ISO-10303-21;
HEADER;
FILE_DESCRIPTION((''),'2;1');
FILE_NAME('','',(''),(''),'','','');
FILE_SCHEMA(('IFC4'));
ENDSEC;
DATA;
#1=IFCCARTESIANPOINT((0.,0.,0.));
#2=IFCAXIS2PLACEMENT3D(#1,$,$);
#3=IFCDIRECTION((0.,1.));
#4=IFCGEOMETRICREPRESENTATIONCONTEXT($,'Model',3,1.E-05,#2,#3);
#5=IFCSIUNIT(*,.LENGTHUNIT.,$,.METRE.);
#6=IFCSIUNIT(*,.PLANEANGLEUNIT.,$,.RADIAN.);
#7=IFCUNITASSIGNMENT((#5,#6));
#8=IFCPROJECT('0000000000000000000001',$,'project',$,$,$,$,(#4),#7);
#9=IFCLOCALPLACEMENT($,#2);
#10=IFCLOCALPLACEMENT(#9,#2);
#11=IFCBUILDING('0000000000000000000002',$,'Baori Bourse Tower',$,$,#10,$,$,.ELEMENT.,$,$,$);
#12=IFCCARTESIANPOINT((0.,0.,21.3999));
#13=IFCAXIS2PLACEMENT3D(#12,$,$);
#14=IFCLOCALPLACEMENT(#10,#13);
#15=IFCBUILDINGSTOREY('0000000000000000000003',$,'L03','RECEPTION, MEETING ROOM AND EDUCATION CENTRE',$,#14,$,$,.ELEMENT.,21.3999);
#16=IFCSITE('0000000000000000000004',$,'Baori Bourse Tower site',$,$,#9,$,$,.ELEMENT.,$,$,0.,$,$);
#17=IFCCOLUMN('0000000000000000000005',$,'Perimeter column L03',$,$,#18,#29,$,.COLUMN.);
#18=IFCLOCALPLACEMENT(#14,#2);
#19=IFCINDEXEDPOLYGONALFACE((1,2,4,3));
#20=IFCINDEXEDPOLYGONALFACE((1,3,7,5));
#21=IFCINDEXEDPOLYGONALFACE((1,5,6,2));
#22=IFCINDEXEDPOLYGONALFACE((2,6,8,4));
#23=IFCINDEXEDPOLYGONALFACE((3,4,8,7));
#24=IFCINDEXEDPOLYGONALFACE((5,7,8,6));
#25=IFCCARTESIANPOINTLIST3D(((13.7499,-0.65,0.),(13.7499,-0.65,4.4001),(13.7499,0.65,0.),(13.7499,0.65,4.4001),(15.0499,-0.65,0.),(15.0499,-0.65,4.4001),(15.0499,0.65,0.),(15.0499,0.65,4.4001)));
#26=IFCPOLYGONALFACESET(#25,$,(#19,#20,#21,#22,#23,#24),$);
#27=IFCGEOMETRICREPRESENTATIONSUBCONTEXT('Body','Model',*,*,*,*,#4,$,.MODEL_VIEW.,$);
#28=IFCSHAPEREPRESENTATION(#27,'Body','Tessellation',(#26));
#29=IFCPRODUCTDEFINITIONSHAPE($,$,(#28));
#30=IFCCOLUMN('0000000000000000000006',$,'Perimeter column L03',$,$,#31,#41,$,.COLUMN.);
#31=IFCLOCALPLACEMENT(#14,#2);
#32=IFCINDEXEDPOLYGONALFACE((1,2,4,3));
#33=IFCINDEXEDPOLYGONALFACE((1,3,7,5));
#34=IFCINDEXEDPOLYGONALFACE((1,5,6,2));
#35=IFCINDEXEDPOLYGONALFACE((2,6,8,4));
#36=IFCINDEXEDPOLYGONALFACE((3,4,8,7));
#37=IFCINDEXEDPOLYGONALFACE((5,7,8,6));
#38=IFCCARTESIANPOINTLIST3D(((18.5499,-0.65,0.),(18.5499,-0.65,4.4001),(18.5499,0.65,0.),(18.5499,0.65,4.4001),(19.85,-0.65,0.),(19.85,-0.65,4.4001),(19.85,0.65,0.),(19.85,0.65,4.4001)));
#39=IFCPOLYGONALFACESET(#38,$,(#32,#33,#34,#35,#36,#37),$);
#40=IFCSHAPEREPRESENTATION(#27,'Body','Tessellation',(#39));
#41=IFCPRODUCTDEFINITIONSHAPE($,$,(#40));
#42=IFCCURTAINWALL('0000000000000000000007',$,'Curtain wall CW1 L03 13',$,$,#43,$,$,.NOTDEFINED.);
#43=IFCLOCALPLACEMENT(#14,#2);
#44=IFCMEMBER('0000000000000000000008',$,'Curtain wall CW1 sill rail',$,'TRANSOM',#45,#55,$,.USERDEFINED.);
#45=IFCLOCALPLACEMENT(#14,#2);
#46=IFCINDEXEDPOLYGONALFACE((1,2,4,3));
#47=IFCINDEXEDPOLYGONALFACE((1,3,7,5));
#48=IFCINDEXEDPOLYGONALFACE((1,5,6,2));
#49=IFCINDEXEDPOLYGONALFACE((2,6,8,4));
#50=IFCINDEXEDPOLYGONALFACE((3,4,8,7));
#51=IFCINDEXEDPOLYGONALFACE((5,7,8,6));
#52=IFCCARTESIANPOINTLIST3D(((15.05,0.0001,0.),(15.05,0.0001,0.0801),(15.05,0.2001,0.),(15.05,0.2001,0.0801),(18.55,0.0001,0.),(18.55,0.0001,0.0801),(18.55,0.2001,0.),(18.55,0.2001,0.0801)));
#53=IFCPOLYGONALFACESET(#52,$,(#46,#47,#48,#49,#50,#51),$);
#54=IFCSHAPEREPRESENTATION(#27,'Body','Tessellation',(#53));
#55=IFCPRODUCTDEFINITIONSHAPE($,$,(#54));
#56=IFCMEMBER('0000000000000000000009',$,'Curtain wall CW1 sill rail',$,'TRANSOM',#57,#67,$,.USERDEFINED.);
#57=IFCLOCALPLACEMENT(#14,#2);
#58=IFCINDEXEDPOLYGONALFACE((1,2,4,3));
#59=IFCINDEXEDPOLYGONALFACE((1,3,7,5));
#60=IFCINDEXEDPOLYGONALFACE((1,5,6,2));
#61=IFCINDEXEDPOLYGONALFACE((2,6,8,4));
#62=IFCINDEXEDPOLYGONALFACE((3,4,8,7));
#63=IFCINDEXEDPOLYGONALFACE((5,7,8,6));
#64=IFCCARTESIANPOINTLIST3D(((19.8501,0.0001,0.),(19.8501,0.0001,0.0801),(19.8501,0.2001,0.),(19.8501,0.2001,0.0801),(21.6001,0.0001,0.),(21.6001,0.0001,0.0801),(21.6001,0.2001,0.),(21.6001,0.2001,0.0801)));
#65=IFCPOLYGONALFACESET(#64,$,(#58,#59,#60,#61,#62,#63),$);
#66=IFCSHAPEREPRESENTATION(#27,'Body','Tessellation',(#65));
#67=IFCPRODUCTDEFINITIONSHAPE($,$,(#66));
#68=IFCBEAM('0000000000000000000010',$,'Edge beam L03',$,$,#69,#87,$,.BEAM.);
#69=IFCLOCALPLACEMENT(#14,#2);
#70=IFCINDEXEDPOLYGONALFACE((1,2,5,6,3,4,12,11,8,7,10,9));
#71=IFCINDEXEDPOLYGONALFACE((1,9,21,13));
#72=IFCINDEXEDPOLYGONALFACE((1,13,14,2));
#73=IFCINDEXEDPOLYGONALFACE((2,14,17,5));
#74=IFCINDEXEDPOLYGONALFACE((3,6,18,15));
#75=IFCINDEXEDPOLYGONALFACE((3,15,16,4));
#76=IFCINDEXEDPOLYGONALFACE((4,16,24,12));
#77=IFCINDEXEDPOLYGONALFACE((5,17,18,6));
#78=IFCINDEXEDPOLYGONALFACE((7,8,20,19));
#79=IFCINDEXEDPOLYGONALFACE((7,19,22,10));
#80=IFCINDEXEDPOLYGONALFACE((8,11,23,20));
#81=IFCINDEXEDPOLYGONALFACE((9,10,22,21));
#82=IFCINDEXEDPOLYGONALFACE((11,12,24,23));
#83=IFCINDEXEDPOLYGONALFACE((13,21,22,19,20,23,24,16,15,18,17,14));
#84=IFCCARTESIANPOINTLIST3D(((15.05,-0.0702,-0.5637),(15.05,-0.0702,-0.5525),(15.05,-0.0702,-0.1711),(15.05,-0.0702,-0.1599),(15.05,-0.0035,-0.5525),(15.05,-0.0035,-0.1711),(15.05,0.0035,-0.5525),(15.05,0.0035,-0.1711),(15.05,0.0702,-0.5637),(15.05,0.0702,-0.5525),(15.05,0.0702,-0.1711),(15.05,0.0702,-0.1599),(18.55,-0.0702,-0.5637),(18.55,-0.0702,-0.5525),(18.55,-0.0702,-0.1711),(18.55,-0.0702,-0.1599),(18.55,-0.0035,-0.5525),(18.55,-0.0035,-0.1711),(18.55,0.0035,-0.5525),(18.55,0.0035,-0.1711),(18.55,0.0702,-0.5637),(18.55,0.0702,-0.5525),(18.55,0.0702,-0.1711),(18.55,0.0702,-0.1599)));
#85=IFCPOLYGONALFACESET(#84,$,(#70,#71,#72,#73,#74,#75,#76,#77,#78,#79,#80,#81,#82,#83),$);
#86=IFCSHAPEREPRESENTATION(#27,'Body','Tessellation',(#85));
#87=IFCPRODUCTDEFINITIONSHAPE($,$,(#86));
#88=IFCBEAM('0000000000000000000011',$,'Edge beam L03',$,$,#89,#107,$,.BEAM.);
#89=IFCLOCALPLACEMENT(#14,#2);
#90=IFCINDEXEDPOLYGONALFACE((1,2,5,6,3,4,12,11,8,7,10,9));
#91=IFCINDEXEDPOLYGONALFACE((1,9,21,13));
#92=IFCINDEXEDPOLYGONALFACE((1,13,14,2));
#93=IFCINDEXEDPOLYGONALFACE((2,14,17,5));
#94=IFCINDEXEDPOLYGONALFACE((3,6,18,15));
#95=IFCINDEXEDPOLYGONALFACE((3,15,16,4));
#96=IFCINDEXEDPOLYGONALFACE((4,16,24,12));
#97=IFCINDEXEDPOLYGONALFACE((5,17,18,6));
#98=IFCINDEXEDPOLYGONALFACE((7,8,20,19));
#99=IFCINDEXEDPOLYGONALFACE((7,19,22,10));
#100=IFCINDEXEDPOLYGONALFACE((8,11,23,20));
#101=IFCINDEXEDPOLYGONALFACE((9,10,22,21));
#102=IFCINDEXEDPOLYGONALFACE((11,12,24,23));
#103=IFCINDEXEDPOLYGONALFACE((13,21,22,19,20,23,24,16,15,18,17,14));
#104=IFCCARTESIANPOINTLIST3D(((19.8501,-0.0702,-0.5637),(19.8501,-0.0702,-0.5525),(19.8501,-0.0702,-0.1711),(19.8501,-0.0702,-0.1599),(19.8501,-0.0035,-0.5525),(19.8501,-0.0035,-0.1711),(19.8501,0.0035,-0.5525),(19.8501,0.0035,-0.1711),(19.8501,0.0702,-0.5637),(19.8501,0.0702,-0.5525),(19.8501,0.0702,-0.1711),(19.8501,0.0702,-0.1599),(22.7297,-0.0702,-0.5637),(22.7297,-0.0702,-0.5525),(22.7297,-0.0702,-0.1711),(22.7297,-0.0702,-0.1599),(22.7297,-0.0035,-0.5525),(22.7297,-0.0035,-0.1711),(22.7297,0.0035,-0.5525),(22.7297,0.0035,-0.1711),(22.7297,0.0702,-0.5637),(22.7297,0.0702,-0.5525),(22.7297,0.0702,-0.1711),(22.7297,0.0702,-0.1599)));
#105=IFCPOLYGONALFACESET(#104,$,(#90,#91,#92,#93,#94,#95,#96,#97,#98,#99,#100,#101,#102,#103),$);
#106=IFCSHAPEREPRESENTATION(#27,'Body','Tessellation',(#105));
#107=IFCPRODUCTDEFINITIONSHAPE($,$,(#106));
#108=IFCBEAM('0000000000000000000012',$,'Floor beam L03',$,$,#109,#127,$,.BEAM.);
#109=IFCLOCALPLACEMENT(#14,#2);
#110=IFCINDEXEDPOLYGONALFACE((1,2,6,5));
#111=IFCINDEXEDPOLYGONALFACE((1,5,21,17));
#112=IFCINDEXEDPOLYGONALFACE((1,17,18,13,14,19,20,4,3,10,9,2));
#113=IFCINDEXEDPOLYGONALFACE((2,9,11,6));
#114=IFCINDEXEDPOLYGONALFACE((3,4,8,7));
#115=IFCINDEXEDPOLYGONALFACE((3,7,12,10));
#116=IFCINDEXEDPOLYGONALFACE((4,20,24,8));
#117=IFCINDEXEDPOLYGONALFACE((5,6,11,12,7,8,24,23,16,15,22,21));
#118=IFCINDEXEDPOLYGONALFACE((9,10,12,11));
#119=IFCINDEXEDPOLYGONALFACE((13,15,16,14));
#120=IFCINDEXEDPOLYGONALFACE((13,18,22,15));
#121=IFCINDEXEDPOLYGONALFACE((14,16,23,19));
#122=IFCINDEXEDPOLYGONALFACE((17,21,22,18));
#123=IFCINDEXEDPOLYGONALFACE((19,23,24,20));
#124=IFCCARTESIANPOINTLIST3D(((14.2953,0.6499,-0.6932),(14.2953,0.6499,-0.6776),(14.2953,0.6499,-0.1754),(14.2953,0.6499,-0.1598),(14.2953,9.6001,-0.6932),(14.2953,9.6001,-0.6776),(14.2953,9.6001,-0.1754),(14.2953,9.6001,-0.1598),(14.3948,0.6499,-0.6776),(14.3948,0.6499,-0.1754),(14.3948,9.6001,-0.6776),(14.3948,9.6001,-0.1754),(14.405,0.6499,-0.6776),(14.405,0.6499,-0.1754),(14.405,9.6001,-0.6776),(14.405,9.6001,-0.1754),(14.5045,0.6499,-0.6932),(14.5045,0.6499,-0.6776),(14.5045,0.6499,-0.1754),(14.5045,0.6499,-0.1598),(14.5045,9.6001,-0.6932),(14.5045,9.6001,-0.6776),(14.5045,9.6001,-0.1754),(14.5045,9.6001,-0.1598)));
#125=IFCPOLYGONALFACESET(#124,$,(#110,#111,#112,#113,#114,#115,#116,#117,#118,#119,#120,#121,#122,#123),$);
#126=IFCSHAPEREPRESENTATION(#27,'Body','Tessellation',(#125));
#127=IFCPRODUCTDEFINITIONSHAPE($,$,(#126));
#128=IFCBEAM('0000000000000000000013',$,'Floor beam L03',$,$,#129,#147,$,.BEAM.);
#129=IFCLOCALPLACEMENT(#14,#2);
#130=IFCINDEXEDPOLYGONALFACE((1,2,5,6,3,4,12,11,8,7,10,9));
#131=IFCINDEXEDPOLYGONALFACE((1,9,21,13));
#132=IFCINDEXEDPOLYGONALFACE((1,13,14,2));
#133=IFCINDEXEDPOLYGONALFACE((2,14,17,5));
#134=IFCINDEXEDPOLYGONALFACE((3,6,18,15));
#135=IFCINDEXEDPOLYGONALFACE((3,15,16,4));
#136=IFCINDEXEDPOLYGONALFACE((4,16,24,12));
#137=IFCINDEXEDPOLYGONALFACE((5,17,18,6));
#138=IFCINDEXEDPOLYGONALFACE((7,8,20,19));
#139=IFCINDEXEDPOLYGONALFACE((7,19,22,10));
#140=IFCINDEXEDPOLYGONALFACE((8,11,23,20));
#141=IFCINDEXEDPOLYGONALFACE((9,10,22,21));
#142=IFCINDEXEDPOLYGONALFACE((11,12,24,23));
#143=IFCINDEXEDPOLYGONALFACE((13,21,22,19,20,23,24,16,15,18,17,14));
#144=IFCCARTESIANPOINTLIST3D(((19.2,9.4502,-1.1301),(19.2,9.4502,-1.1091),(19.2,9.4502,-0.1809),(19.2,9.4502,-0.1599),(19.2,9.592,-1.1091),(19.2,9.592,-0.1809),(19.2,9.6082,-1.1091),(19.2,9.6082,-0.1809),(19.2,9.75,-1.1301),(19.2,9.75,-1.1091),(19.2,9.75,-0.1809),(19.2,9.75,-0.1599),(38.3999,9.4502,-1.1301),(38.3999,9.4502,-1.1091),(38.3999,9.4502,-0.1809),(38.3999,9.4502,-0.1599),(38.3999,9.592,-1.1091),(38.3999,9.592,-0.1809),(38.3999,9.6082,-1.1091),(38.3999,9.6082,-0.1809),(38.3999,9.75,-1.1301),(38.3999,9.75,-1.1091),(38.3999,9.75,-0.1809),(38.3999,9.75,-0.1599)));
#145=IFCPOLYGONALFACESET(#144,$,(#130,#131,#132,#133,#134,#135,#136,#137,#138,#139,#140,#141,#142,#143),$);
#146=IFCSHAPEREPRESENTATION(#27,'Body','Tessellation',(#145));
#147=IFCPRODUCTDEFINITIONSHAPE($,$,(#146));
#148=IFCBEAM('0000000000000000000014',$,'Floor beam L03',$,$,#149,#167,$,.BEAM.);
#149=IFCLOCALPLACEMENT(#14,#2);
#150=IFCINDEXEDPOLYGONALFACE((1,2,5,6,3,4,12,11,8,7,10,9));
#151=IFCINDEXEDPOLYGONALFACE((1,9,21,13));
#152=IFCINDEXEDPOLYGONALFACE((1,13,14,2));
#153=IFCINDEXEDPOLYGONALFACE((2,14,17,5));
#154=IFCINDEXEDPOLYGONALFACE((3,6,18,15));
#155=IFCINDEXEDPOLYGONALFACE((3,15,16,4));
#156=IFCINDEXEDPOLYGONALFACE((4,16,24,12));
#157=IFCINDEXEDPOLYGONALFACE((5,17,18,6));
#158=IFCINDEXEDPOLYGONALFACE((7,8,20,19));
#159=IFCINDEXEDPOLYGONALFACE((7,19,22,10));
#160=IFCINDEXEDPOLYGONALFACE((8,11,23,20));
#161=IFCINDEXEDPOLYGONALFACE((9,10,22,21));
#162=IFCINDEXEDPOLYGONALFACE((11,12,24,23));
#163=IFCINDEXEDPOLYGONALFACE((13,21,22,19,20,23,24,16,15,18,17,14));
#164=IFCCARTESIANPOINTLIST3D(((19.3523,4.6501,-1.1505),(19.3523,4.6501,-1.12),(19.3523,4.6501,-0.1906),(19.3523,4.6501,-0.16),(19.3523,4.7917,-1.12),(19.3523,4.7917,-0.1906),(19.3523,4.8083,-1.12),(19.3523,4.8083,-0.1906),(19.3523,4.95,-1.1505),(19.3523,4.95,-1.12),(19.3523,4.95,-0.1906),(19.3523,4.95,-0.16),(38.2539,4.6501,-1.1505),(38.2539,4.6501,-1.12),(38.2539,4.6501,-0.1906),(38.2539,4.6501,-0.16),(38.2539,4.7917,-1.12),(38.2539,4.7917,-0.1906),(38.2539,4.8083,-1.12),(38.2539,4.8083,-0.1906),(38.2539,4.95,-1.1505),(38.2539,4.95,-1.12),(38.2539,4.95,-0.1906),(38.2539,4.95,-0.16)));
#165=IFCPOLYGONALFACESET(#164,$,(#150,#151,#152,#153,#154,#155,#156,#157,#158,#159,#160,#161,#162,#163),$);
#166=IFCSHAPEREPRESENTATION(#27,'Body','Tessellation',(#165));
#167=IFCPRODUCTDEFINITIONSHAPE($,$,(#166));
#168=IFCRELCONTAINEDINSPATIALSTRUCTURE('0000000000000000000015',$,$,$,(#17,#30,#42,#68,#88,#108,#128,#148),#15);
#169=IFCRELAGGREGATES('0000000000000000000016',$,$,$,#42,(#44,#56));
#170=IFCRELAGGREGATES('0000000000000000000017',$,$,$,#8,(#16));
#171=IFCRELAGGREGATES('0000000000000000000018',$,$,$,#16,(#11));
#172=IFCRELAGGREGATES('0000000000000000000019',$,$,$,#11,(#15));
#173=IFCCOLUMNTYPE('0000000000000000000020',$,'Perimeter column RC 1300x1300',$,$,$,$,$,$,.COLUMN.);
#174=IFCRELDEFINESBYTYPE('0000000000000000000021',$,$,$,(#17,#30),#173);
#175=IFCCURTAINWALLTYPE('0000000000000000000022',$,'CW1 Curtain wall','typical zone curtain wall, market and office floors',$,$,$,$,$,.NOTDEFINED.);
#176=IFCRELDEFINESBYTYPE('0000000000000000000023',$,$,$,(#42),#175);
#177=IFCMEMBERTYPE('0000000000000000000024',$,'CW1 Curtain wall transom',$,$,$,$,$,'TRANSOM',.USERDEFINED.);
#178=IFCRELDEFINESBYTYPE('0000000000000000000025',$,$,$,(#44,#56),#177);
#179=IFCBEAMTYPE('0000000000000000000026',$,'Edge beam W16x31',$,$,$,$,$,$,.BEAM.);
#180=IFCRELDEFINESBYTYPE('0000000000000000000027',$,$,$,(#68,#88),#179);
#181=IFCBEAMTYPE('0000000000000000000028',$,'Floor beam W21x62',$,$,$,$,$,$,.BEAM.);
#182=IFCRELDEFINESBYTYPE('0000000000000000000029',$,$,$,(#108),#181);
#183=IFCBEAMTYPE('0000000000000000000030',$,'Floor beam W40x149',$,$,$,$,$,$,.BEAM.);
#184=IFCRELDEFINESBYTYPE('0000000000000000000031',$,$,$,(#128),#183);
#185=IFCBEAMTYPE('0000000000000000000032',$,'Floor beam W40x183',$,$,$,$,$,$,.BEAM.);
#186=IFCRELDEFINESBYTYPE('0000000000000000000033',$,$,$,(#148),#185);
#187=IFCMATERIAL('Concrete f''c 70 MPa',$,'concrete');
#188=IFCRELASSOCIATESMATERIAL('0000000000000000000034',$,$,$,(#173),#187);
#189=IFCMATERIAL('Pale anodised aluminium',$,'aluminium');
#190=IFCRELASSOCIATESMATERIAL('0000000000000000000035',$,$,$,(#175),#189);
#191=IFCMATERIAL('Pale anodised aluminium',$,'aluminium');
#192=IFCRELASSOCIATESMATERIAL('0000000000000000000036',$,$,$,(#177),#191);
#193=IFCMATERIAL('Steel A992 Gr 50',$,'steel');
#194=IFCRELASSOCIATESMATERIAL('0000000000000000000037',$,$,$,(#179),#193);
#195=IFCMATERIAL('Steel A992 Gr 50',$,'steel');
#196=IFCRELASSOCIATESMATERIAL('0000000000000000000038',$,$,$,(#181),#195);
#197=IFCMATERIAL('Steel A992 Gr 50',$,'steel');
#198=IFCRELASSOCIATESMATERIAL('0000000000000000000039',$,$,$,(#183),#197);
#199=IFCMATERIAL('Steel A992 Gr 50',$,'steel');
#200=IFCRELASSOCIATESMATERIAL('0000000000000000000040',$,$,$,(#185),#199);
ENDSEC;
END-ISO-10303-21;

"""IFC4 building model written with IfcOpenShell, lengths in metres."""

from ifc_helpers import new_model, si_unit, direction, frame, origin, origin_2d, place, context, subcontext, project, spatial, rectangle, i_section, extrude, material, material_profile, profile_set, type_object, element, aggregate, save


model = new_model("IFC4")

# Units and contexts
model_context = context("Model", 3, precision=1e-05, world=origin(), true_north=direction((0.0, 1.0)))
body_context = subcontext(model_context, "Body", "Model", "MODEL_VIEW")
ifc_project = project(units=[si_unit("LENGTHUNIT", "METRE"), si_unit("PLANEANGLEUNIT", "RADIAN")], contexts=[model_context])

# Site, building, storey
site_placement = place(None, origin())
site = spatial("IfcSite", under=ifc_project, at=site_placement, Name="Baori Bourse Tower site", CompositionType="ELEMENT", RefElevation=0.0)
building_placement = place(site_placement, origin())
building = spatial("IfcBuilding", under=site, at=building_placement, Name="Baori Bourse Tower", CompositionType="ELEMENT")
storey_placement = place(building_placement, frame((0.0, 0.0, 21.3999)))
storey = spatial("IfcBuildingStorey", under=building, at=storey_placement, Name="L03", Description="RECEPTION, MEETING ROOM AND EDUCATION CENTRE", CompositionType="ELEMENT", Elevation=21.3999)

# Columns
ifc_material_1 = material(Name="Concrete f'c 70 MPa", Category="concrete")
ifc_material_profile_1 = material_profile(ifc_material_1, rectangle(XDim=1.3, YDim=1.3, at=origin_2d()), Name="RC 1300x1300")
ifc_profile_set_1 = profile_set([ifc_material_profile_1], Name="Concrete f'c 70 MPa")
column_type = type_object("IfcColumnType", Name="Perimeter column RC 1300x1300", PredefinedType="COLUMN", material=ifc_profile_set_1)
for number, where, z_axis, x_axis, name in (
    (1, (14.3999, 0.0, 0.0), (0.0, 0.0, 1.0), (1.0, 0.0, 0.0), "Perimeter column L03"),
    (2, (19.2, 0.0, 0.0), (0.0, 0.0, 1.0), (1.0, 0.0, 0.0), "Perimeter column L03"),
):
    element("IfcColumn", number, at=place(storey_placement, frame(where, z_axis=z_axis, x_axis=x_axis)), inside=storey, type_object=column_type, Name=name, PredefinedType="COLUMN", context=body_context, shape_type="SweptSolid", body=[
        extrude(rectangle(XDim=1.3, YDim=1.3, at=origin_2d()), origin(), (0.0, 0.0, 1.0), 4.4001),
    ])

# Curtain wall, members
ifc_material_2 = material(Name="Pale anodised aluminium", Category="aluminium")
curtain_wall_type = type_object("IfcCurtainWallType", Name="CW1 Curtain wall", Description="typical zone curtain wall, market and office floors", PredefinedType="NOTDEFINED", material=ifc_material_2)
curtain_wall_placement = place(storey_placement, origin())
curtain_wall = element("IfcCurtainWall", 3, at=curtain_wall_placement, inside=storey, type_object=curtain_wall_type, Name="Curtain wall CW1 L03 13", PredefinedType="NOTDEFINED")
ifc_material_3 = material(Name="Pale anodised aluminium", Category="aluminium")
ifc_material_profile_2 = material_profile(ifc_material_3, rectangle(XDim=0.2, YDim=0.0801, at=origin_2d()), Name="Transom 80x200")
ifc_profile_set_2 = profile_set([ifc_material_profile_2], Name="Pale anodised aluminium")
member_type = type_object("IfcMemberType", Name="CW1 Curtain wall transom", ElementType="TRANSOM", PredefinedType="USERDEFINED", material=ifc_profile_set_2)
member_1_placement = place(storey_placement, frame((15.05, 0.1001, 0.04), z_axis=(1.0, 0.0, 0.0), x_axis=(0.0, 1.0, 0.0)))
member_1 = element("IfcMember", 4, at=member_1_placement, type_object=member_type, Name="Curtain wall CW1 sill rail", ObjectType="TRANSOM", PredefinedType="USERDEFINED", context=body_context, shape_type="SweptSolid", body=[
    extrude(rectangle(XDim=0.2, YDim=0.0801, at=origin_2d()), origin(), (0.0, 0.0, 1.0), 3.5),
])
member_2_placement = place(storey_placement, frame((19.8501, 0.1001, 0.04), z_axis=(1.0, 0.0, 0.0), x_axis=(0.0, 1.0, 0.0)))
member_2 = element("IfcMember", 5, at=member_2_placement, type_object=member_type, Name="Curtain wall CW1 sill rail", ObjectType="TRANSOM", PredefinedType="USERDEFINED", context=body_context, shape_type="SweptSolid", body=[
    extrude(rectangle(XDim=0.2, YDim=0.0801, at=origin_2d()), origin(), (0.0, 0.0, 1.0), 1.75),
])

# Beams
ifc_material_4 = material(Name="Steel A992 Gr 50", Category="steel")
ifc_material_profile_3 = material_profile(ifc_material_4, i_section(OverallWidth=0.1404, OverallDepth=0.4038, WebThickness=0.0071, FlangeThickness=0.0112, at=origin_2d()), Name="W16x31")
ifc_profile_set_3 = profile_set([ifc_material_profile_3], Name="Steel A992 Gr 50")
beam_type_1 = type_object("IfcBeamType", Name="Edge beam W16x31", PredefinedType="BEAM", material=ifc_profile_set_3)
beam_1_placement = place(storey_placement, frame((15.05, 0.0, -0.3618), z_axis=(1.0, 0.0, 0.0), x_axis=(0.0, 1.0, 0.0)))
element("IfcBeam", 6, at=beam_1_placement, inside=storey, type_object=beam_type_1, Name="Edge beam L03", PredefinedType="BEAM", context=body_context, shape_type="SweptSolid", body=[
    extrude(i_section(OverallWidth=0.1404, OverallDepth=0.4038, WebThickness=0.0071, FlangeThickness=0.0112, at=origin_2d()), origin(), (0.0, 0.0, 1.0), 3.5),
])
beam_2_placement = place(storey_placement, frame((19.8501, 0.0, -0.3618), z_axis=(1.0, 0.0, 0.0), x_axis=(0.0, 1.0, 0.0)))
element("IfcBeam", 7, at=beam_2_placement, inside=storey, type_object=beam_type_1, Name="Edge beam L03", PredefinedType="BEAM", context=body_context, shape_type="SweptSolid", body=[
    extrude(i_section(OverallWidth=0.1404, OverallDepth=0.4038, WebThickness=0.0071, FlangeThickness=0.0112, at=origin_2d()), origin(), (0.0, 0.0, 1.0), 2.8796),
])
ifc_material_5 = material(Name="Steel A992 Gr 50", Category="steel")
ifc_material_profile_4 = material_profile(ifc_material_5, i_section(OverallWidth=0.2092, OverallDepth=0.5334, WebThickness=0.0103, FlangeThickness=0.0156, at=origin_2d()), Name="W21x62")
ifc_profile_set_4 = profile_set([ifc_material_profile_4], Name="Steel A992 Gr 50")
beam_type_2 = type_object("IfcBeamType", Name="Floor beam W21x62", PredefinedType="BEAM", material=ifc_profile_set_4)
beam_3_placement = place(storey_placement, frame((14.3999, 0.6499, -0.4265), z_axis=(0.0, 1.0, 0.0), x_axis=(-1.0, 0.0, 0.0)))
element("IfcBeam", 8, at=beam_3_placement, inside=storey, type_object=beam_type_2, Name="Floor beam L03", PredefinedType="BEAM", context=body_context, shape_type="SweptSolid", body=[
    extrude(i_section(OverallWidth=0.2092, OverallDepth=0.5334, WebThickness=0.0103, FlangeThickness=0.0156, at=origin_2d()), origin(), (0.0, 0.0, 1.0), 8.9502),
])
ifc_material_6 = material(Name="Steel A992 Gr 50", Category="steel")
ifc_material_profile_5 = material_profile(ifc_material_6, i_section(OverallWidth=0.2998, OverallDepth=0.9702, WebThickness=0.0161, FlangeThickness=0.021, at=origin_2d()), Name="W40x149")
ifc_profile_set_5 = profile_set([ifc_material_profile_5], Name="Steel A992 Gr 50")
beam_type_3 = type_object("IfcBeamType", Name="Floor beam W40x149", PredefinedType="BEAM", material=ifc_profile_set_5)
beam_4_placement = place(storey_placement, frame((19.2, 9.6001, -0.645), z_axis=(1.0, 0.0, 0.0), x_axis=(0.0, 1.0, 0.0)))
element("IfcBeam", 9, at=beam_4_placement, inside=storey, type_object=beam_type_3, Name="Floor beam L03", PredefinedType="BEAM", context=body_context, shape_type="SweptSolid", body=[
    extrude(i_section(OverallWidth=0.2998, OverallDepth=0.9702, WebThickness=0.0161, FlangeThickness=0.021, at=origin_2d()), origin(), (0.0, 0.0, 1.0), 19.2),
])
ifc_material_7 = material(Name="Steel A992 Gr 50", Category="steel")
ifc_material_profile_6 = material_profile(ifc_material_7, i_section(OverallWidth=0.2998, OverallDepth=0.9905, WebThickness=0.0166, FlangeThickness=0.0305, at=origin_2d()), Name="W40x183")
ifc_profile_set_6 = profile_set([ifc_material_profile_6], Name="Steel A992 Gr 50")
beam_type_4 = type_object("IfcBeamType", Name="Floor beam W40x183", PredefinedType="BEAM", material=ifc_profile_set_6)
beam_5_placement = place(storey_placement, frame((19.3523, 4.8, -0.6553), z_axis=(1.0, 0.0, 0.0), x_axis=(0.0, 1.0, 0.0)))
element("IfcBeam", 10, at=beam_5_placement, inside=storey, type_object=beam_type_4, Name="Floor beam L03", PredefinedType="BEAM", context=body_context, shape_type="SweptSolid", body=[
    extrude(i_section(OverallWidth=0.2998, OverallDepth=0.9905, WebThickness=0.0166, FlangeThickness=0.0305, at=origin_2d()), origin(), (0.0, 0.0, 1.0), 18.9016),
])

aggregate(curtain_wall, [member_1, member_2])

save(model, "model.ifc")
